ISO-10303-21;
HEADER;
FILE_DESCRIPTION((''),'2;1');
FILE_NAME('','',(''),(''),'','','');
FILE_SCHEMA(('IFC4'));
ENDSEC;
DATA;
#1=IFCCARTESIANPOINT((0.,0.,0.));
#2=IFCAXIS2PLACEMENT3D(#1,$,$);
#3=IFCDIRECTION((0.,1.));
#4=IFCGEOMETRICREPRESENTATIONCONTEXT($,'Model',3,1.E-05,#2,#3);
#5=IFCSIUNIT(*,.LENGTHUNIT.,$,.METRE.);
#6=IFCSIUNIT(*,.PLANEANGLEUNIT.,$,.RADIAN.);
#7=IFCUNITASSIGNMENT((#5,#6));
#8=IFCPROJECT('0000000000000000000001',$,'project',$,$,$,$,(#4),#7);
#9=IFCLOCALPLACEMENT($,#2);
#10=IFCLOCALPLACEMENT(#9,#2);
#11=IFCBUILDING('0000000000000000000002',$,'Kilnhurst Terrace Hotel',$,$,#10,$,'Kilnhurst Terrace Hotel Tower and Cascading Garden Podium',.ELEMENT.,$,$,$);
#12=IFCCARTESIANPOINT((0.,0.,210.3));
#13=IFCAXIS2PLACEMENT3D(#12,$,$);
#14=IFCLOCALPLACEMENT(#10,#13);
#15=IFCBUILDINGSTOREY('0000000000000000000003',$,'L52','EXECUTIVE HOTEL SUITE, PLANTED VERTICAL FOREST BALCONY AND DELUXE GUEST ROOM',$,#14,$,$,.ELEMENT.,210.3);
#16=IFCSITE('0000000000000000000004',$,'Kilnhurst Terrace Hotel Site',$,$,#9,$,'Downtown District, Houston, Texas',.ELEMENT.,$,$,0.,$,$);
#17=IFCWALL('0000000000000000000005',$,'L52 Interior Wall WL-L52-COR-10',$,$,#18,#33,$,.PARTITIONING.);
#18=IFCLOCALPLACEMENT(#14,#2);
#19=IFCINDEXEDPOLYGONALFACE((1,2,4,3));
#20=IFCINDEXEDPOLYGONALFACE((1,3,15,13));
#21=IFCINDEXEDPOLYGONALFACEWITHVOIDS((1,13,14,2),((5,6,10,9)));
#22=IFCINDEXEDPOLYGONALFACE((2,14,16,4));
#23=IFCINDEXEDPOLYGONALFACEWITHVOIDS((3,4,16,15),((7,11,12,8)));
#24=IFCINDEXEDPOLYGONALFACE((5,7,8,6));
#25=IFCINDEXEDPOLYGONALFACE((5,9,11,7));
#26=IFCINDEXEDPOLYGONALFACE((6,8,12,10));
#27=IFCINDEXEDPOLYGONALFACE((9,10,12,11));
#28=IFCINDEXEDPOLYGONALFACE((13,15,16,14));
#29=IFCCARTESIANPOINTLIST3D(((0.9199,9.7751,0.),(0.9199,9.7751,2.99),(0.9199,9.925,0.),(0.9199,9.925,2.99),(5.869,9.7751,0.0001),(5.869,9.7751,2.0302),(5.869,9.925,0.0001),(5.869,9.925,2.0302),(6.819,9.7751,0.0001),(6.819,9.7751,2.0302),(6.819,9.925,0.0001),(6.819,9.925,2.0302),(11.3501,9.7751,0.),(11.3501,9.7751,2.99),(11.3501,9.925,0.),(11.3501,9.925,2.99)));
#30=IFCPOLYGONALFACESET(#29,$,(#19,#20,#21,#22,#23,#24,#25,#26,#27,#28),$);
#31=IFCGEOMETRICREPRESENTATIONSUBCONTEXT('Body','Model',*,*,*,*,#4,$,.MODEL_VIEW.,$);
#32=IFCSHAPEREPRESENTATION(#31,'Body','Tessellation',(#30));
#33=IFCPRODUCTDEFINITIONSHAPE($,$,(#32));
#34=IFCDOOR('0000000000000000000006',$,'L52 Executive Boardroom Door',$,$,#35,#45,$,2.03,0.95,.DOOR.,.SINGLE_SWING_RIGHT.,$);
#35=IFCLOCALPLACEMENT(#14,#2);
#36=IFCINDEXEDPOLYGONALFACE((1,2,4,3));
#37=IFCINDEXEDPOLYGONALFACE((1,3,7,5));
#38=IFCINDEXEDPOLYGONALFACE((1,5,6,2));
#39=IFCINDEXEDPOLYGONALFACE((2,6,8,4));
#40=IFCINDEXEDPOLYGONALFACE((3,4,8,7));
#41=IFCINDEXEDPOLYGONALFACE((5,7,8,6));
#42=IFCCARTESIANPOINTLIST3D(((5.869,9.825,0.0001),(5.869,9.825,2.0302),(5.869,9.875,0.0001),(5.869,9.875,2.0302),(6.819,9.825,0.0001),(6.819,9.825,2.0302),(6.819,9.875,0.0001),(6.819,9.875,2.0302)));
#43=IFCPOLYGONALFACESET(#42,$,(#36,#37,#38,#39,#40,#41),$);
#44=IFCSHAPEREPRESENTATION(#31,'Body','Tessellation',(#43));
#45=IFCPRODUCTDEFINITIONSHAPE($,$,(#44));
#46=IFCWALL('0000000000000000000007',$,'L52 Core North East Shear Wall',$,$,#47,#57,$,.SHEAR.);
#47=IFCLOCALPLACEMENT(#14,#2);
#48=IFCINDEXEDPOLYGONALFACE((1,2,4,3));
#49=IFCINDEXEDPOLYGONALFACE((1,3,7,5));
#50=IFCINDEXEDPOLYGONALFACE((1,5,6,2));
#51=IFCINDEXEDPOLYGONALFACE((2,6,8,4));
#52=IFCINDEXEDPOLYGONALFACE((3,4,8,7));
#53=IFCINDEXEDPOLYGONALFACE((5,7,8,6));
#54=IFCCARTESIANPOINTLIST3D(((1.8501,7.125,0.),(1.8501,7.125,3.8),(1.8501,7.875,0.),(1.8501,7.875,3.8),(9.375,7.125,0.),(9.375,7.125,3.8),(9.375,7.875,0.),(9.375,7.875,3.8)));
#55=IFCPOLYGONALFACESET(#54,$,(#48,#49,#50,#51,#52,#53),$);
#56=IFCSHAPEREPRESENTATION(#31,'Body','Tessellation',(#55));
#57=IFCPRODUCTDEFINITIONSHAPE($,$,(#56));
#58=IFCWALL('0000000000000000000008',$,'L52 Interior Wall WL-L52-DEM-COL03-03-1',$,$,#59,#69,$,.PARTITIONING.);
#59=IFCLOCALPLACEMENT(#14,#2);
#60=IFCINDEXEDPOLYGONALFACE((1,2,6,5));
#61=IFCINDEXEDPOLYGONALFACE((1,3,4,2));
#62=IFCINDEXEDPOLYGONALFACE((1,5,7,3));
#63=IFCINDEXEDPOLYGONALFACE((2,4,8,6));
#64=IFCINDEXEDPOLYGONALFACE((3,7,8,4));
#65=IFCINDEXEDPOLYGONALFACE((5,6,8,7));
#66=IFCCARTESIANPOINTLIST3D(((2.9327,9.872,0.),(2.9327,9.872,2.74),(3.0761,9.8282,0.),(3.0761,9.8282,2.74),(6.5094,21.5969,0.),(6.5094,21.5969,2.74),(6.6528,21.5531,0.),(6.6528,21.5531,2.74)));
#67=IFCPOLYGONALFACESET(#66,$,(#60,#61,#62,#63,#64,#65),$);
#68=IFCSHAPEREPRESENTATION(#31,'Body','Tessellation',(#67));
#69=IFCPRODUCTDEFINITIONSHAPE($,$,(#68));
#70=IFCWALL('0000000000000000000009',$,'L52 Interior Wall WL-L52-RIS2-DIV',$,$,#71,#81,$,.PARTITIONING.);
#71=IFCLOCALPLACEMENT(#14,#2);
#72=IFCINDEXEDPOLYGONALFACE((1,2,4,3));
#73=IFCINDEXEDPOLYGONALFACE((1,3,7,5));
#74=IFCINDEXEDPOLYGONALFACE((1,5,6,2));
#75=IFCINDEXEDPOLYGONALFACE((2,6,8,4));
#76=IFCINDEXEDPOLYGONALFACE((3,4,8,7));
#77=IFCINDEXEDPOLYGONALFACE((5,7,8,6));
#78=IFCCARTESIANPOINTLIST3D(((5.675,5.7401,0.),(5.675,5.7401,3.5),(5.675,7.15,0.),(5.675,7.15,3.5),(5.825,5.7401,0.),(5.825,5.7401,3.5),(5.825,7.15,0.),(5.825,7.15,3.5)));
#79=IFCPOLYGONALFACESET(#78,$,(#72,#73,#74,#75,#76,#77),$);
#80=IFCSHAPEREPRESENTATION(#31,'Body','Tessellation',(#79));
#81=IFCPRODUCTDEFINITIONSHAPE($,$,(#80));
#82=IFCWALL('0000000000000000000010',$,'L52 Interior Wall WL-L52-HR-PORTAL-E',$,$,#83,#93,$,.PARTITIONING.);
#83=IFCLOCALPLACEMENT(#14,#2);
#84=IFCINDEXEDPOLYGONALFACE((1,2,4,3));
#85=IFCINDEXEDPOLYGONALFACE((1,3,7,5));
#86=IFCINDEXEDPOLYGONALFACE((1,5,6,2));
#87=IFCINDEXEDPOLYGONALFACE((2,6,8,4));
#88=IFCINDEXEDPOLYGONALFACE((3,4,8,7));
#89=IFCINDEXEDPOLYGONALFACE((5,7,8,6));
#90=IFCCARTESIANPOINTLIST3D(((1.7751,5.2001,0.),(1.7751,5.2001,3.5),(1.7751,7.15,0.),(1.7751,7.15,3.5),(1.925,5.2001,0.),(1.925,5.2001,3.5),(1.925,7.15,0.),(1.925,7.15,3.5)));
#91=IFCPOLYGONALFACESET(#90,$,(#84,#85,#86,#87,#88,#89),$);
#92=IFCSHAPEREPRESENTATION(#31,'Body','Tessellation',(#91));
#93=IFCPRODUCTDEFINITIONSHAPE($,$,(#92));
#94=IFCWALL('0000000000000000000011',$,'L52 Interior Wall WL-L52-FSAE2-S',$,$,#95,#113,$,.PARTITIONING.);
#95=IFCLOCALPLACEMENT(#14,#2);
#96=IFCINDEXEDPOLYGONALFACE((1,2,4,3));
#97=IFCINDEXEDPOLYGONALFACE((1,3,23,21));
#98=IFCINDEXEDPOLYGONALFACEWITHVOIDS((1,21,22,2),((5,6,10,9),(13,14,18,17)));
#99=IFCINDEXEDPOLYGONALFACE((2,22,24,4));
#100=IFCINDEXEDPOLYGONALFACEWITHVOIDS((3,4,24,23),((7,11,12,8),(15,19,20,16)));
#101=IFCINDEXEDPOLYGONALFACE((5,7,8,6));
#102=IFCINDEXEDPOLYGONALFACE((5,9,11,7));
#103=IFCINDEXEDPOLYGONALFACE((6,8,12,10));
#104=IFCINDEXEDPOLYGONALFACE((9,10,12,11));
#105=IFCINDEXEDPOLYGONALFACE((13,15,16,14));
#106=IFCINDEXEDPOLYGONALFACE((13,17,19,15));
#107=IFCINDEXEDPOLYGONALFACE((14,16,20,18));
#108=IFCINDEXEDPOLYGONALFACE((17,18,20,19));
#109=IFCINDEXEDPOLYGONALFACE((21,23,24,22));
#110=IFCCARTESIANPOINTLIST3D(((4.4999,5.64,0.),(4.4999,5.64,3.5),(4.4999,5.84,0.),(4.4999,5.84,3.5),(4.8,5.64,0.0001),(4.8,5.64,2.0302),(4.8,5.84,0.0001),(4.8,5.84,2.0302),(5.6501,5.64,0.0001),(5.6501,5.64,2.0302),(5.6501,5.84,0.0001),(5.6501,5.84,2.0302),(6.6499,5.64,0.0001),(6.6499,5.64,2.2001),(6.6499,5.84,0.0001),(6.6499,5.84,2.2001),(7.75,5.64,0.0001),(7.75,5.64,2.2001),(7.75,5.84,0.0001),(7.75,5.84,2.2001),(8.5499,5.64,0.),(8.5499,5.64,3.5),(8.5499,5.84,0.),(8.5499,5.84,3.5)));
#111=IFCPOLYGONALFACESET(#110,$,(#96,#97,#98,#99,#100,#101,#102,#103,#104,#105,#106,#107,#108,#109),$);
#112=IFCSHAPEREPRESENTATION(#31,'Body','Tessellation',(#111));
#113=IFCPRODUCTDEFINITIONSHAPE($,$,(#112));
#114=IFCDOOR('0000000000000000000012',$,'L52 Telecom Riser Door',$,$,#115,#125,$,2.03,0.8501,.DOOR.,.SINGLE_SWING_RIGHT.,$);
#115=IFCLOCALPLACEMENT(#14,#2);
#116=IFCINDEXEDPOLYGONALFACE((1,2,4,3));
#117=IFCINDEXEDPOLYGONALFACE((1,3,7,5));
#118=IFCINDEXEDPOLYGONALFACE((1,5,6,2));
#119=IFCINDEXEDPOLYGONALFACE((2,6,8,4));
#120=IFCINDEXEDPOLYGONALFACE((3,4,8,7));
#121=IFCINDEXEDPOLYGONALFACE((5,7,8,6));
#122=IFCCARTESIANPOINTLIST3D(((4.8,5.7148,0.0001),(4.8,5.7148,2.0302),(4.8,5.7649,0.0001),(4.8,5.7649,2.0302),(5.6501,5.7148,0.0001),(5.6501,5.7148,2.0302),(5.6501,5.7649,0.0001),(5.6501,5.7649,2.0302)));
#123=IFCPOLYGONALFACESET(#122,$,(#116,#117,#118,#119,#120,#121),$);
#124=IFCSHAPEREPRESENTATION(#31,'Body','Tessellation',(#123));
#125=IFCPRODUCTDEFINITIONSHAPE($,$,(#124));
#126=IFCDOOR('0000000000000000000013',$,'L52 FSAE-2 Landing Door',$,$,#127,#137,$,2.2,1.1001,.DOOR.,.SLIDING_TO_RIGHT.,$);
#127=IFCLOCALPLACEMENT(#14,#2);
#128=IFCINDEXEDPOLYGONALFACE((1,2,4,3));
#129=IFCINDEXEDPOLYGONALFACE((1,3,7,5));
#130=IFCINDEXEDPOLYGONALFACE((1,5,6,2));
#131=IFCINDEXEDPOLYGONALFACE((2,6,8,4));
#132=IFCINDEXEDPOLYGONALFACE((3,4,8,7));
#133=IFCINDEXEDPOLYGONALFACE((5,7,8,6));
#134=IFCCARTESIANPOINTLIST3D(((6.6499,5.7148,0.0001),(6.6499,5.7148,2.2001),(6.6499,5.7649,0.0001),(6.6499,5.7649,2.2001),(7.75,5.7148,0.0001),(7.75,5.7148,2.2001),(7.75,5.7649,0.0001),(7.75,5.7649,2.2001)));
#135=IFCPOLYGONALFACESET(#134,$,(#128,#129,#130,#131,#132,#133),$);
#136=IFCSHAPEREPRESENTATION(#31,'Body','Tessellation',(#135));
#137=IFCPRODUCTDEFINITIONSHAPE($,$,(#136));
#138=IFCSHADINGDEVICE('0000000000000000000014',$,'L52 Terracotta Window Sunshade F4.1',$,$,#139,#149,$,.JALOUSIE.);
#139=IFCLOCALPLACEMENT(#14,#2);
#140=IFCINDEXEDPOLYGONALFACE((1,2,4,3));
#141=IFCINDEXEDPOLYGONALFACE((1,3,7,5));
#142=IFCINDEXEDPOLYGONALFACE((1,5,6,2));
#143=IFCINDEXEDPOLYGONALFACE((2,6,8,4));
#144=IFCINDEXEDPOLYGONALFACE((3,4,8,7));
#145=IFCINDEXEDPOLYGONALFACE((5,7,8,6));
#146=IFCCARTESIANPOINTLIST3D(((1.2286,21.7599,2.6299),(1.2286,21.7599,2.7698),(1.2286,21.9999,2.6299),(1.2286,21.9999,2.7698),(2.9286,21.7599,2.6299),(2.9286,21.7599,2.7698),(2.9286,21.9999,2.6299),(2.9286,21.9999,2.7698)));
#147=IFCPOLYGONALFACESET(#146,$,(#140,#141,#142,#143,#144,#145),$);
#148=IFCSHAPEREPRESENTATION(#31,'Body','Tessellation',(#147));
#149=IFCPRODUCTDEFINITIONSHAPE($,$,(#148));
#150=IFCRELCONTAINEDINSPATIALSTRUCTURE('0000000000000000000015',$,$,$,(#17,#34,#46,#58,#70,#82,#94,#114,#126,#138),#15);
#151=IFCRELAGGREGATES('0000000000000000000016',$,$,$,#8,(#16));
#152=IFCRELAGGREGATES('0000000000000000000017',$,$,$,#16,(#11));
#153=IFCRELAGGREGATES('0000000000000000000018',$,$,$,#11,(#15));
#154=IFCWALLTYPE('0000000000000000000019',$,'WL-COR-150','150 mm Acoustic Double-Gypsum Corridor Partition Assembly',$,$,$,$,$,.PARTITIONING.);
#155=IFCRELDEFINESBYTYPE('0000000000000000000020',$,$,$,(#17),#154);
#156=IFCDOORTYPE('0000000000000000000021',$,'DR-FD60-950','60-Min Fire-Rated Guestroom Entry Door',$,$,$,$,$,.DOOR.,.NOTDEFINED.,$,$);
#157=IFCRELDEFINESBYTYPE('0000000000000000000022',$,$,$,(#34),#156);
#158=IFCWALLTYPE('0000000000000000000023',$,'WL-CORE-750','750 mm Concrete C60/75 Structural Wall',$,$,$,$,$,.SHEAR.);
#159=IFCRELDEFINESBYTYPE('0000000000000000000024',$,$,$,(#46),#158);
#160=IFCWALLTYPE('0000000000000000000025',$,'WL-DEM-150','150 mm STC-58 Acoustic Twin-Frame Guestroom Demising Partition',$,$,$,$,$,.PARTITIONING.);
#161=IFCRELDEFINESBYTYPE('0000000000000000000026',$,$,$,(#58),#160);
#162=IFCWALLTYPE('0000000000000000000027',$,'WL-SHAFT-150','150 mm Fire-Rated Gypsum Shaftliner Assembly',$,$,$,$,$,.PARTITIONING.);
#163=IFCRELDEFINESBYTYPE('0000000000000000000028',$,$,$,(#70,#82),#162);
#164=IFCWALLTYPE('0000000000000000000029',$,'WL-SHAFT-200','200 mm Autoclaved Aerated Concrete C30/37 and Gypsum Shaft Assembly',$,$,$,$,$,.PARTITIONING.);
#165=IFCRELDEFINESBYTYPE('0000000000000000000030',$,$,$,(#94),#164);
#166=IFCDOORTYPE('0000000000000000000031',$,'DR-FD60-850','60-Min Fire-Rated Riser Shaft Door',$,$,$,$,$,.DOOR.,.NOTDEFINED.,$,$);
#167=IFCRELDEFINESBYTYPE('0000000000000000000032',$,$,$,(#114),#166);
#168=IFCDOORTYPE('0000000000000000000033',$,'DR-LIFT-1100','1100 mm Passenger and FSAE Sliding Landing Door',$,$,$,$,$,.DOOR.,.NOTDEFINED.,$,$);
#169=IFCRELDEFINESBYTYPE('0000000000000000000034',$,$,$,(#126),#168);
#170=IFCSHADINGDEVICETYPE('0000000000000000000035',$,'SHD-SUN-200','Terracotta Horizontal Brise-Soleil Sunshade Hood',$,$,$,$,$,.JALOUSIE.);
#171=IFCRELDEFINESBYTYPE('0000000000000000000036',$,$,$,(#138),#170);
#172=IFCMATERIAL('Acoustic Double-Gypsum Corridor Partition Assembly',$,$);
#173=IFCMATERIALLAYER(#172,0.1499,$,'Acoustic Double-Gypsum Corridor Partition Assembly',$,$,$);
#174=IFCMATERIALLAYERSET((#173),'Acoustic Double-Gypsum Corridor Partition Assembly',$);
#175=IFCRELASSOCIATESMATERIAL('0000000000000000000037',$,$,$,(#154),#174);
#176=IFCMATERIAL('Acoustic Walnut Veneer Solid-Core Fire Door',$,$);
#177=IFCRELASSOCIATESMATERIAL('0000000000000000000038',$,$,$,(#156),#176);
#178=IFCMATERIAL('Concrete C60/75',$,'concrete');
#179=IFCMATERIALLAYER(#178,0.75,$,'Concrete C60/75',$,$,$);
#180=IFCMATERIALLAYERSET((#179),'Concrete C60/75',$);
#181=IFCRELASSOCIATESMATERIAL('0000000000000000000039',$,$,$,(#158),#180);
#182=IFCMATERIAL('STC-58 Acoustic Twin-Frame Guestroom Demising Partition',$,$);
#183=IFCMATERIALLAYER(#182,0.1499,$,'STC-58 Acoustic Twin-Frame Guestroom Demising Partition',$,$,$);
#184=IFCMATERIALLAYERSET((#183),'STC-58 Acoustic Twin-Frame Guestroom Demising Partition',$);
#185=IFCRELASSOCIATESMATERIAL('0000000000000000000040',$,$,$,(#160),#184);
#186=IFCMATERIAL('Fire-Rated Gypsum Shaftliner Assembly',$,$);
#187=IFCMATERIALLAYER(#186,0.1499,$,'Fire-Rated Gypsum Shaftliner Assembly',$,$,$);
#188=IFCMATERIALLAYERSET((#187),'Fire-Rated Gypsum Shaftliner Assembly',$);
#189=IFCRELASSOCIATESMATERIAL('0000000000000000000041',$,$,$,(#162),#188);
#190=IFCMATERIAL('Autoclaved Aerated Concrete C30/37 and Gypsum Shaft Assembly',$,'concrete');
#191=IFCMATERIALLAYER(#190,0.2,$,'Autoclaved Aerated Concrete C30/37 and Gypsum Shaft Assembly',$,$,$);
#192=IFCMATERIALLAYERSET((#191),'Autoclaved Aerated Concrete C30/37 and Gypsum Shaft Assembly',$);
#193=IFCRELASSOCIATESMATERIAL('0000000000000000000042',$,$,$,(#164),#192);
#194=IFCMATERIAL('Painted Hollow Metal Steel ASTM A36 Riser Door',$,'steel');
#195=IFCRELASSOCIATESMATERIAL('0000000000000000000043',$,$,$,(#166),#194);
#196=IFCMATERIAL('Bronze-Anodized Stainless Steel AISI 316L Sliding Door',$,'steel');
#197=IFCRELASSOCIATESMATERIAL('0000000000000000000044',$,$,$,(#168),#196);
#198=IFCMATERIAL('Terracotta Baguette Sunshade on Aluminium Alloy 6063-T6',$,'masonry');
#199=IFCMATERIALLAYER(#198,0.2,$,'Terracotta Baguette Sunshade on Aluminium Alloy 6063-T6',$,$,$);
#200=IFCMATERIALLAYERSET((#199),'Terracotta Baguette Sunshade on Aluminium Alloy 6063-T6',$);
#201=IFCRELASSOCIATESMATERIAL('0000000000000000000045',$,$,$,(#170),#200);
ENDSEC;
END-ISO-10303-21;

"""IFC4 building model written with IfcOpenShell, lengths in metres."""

from ifc_helpers import new_model, si_unit, direction, frame, frame_2d, origin, origin_2d, place, context, subcontext, project, spatial, rectangle, extrude, material, layer, layer_set, type_object, element, fill, save


model = new_model("IFC4")

# Units and contexts
model_context = context("Model", 3, precision=1e-05, world=origin(), true_north=direction((0.0, 1.0)))
body_context = subcontext(model_context, "Body", "Model", "MODEL_VIEW")
ifc_project = project(units=[si_unit("LENGTHUNIT", "METRE"), si_unit("PLANEANGLEUNIT", "RADIAN")], contexts=[model_context])

# Site, building, storey
site_placement = place(None, origin())
site = spatial("IfcSite", under=ifc_project, at=site_placement, Name="Kilnhurst Terrace Hotel Site", LongName="Downtown District, Houston, Texas", CompositionType="ELEMENT", RefElevation=0.0)
building_placement = place(site_placement, origin())
building = spatial("IfcBuilding", under=site, at=building_placement, Name="Kilnhurst Terrace Hotel", LongName="Kilnhurst Terrace Hotel Tower and Cascading Garden Podium", CompositionType="ELEMENT")
storey_placement = place(building_placement, frame((0.0, 0.0, 210.3)))
storey = spatial("IfcBuildingStorey", under=building, at=storey_placement, Name="L52", Description="EXECUTIVE HOTEL SUITE, PLANTED VERTICAL FOREST BALCONY AND DELUXE GUEST ROOM", CompositionType="ELEMENT", Elevation=210.3)

# Shared definitions
ifc_material_1 = material(Name="Concrete C60/75", Category="concrete")

# Shared definitions
ifc_material_2 = material(Name="Acoustic Double-Gypsum Corridor Partition Assembly")
ifc_layer_1 = layer(ifc_material_2, 0.1499, Name="Acoustic Double-Gypsum Corridor Partition Assembly")
ifc_layer_set_1 = layer_set([ifc_layer_1], Name="Acoustic Double-Gypsum Corridor Partition Assembly")
wall_type_1 = type_object("IfcWallType", Name="WL-COR-150", Description="150 mm Acoustic Double-Gypsum Corridor Partition Assembly", PredefinedType="PARTITIONING", material=ifc_layer_set_1)

# Wall, opening, door
wall_1_placement = place(storey_placement, frame((0.9199, 9.8501, 0.0), z_axis=(0.0, 0.0, 1.0), x_axis=(1.0, 0.0, 0.0)))
wall_1 = element("IfcWall", 1, at=wall_1_placement, inside=storey, type_object=wall_type_1, Name="L52 Interior Wall WL-L52-COR-10", PredefinedType="PARTITIONING", context=body_context, shape_type="SweptSolid", body=[
    extrude(rectangle(XDim=10.4302, YDim=0.1499, at=frame_2d((5.2151, 0.0))), origin(), (0.0, 0.0, 1.0), 2.99),
])
opening_1_placement = place(wall_1_placement, frame((4.949, 0.0, 0.0)))
opening_1 = element("IfcOpeningElement", 2, at=opening_1_placement, cuts=wall_1, PredefinedType="OPENING", context=body_context, shape_type="SweptSolid", body=[
    extrude(rectangle(XDim=0.95, YDim=2.03, at=frame_2d((0.4751, 1.0151))), frame((0.0, 0.085, 0.0), z_axis=(0.0, -1.0, 0.0), x_axis=(1.0, 0.0, 0.0)), (0.0, 0.0, 1.0), 0.1699),
])
ifc_material_3 = material(Name="Acoustic Walnut Veneer Solid-Core Fire Door")
door_type_1 = type_object("IfcDoorType", Name="DR-FD60-950", Description="60-Min Fire-Rated Guestroom Entry Door", OperationType="NOTDEFINED", PredefinedType="DOOR", material=ifc_material_3)
door_1_placement = place(opening_1_placement, origin())
door_1 = element("IfcDoor", 3, at=door_1_placement, inside=storey, type_object=door_type_1, Name="L52 Executive Boardroom Door", OperationType="SINGLE_SWING_RIGHT", OverallHeight=2.03, OverallWidth=0.95, PredefinedType="DOOR", context=body_context, shape_type="SweptSolid", body=[
    extrude(rectangle(XDim=0.95, YDim=2.03, at=frame_2d((0.4751, 1.0151))), frame((0.0, 0.0249, 0.0), z_axis=(0.0, -1.0, 0.0), x_axis=(1.0, 0.0, 0.0)), (0.0, 0.0, 1.0), 0.05),
])
fill(opening_1, door_1)

# Walls
ifc_layer_2 = layer(ifc_material_1, 0.75, Name="Concrete C60/75")
ifc_layer_set_2 = layer_set([ifc_layer_2], Name="Concrete C60/75")
wall_type_2 = type_object("IfcWallType", Name="WL-CORE-750", Description="750 mm Concrete C60/75 Structural Wall", PredefinedType="SHEAR", material=ifc_layer_set_2)
wall_2_placement = place(storey_placement, frame((1.8501, 7.5, 0.0), z_axis=(0.0, 0.0, 1.0), x_axis=(1.0, 0.0, 0.0)))
element("IfcWall", 4, at=wall_2_placement, inside=storey, type_object=wall_type_2, Name="L52 Core North East Shear Wall", PredefinedType="SHEAR", context=body_context, shape_type="SweptSolid", body=[
    extrude(rectangle(XDim=7.5249, YDim=0.75, at=frame_2d((3.7625, 0.0))), origin(), (0.0, 0.0, 1.0), 3.8),
])
ifc_material_4 = material(Name="STC-58 Acoustic Twin-Frame Guestroom Demising Partition")
ifc_layer_3 = layer(ifc_material_4, 0.1499, Name="STC-58 Acoustic Twin-Frame Guestroom Demising Partition")
ifc_layer_set_3 = layer_set([ifc_layer_3], Name="STC-58 Acoustic Twin-Frame Guestroom Demising Partition")
wall_type_3 = type_object("IfcWallType", Name="WL-DEM-150", Description="150 mm STC-58 Acoustic Twin-Frame Guestroom Demising Partition", PredefinedType="PARTITIONING", material=ifc_layer_set_3)
wall_3_placement = place(storey_placement, frame((3.0044, 9.8501, 0.0), z_axis=(0.0, 0.0, 1.0), x_axis=(0.291776, 0.956487, 0.0)))
element("IfcWall", 5, at=wall_3_placement, inside=storey, type_object=wall_type_3, Name="L52 Interior Wall WL-L52-DEM-COL03-03-1", PredefinedType="PARTITIONING", context=body_context, shape_type="SweptSolid", body=[
    extrude(rectangle(XDim=12.2583, YDim=0.1499, at=frame_2d((6.1292, 0.0))), origin(), (0.0, 0.0, 1.0), 2.74),
])
ifc_material_5 = material(Name="Fire-Rated Gypsum Shaftliner Assembly")
ifc_layer_4 = layer(ifc_material_5, 0.1499, Name="Fire-Rated Gypsum Shaftliner Assembly")
ifc_layer_set_4 = layer_set([ifc_layer_4], Name="Fire-Rated Gypsum Shaftliner Assembly")
wall_type_4 = type_object("IfcWallType", Name="WL-SHAFT-150", Description="150 mm Fire-Rated Gypsum Shaftliner Assembly", PredefinedType="PARTITIONING", material=ifc_layer_set_4)
wall_4_placement = place(storey_placement, frame((5.75, 5.74, 0.0), z_axis=(0.0, 0.0, 1.0), x_axis=(0.0, 1.0, 0.0)))
element("IfcWall", 6, at=wall_4_placement, inside=storey, type_object=wall_type_4, Name="L52 Interior Wall WL-L52-RIS2-DIV", PredefinedType="PARTITIONING", context=body_context, shape_type="SweptSolid", body=[
    extrude(rectangle(XDim=1.4099, YDim=0.1499, at=frame_2d((0.7051, 0.0))), origin(), (0.0, 0.0, 1.0), 3.5),
])
wall_5_placement = place(storey_placement, frame((1.8501, 5.2, 0.0), z_axis=(0.0, 0.0, 1.0), x_axis=(0.0, 1.0, 0.0)))
element("IfcWall", 7, at=wall_5_placement, inside=storey, type_object=wall_type_4, Name="L52 Interior Wall WL-L52-HR-PORTAL-E", PredefinedType="PARTITIONING", context=body_context, shape_type="SweptSolid", body=[
    extrude(rectangle(XDim=1.95, YDim=0.1499, at=frame_2d((0.9751, 0.0))), origin(), (0.0, 0.0, 1.0), 3.5),
])

# Wall, openings, doors
ifc_material_6 = material(Name="Autoclaved Aerated Concrete C30/37 and Gypsum Shaft Assembly", Category="concrete")
ifc_layer_5 = layer(ifc_material_6, 0.2, Name="Autoclaved Aerated Concrete C30/37 and Gypsum Shaft Assembly")
ifc_layer_set_5 = layer_set([ifc_layer_5], Name="Autoclaved Aerated Concrete C30/37 and Gypsum Shaft Assembly")
wall_type_5 = type_object("IfcWallType", Name="WL-SHAFT-200", Description="200 mm Autoclaved Aerated Concrete C30/37 and Gypsum Shaft Assembly", PredefinedType="PARTITIONING", material=ifc_layer_set_5)
wall_6_placement = place(storey_placement, frame((4.5, 5.74, 0.0), z_axis=(0.0, 0.0, 1.0), x_axis=(1.0, 0.0, 0.0)))
wall_6 = element("IfcWall", 8, at=wall_6_placement, inside=storey, type_object=wall_type_5, Name="L52 Interior Wall WL-L52-FSAE2-S", PredefinedType="PARTITIONING", context=body_context, shape_type="SweptSolid", body=[
    extrude(rectangle(XDim=4.05, YDim=0.2, at=frame_2d((2.0249, 0.0))), origin(), (0.0, 0.0, 1.0), 3.5),
])
opening_2_placement = place(wall_6_placement, frame((0.3, 0.0, 0.0)))
opening_2 = element("IfcOpeningElement", 9, at=opening_2_placement, cuts=wall_6, PredefinedType="OPENING", context=body_context, shape_type="SweptSolid", body=[
    extrude(rectangle(XDim=0.8501, YDim=2.03, at=frame_2d((0.425, 1.0151))), frame((0.0, 0.1099, 0.0), z_axis=(0.0, -1.0, 0.0), x_axis=(1.0, 0.0, 0.0)), (0.0, 0.0, 1.0), 0.22),
])
opening_3_placement = place(wall_6_placement, frame((2.1499, 0.0, 0.0)))
opening_3 = element("IfcOpeningElement", 10, at=opening_3_placement, cuts=wall_6, PredefinedType="OPENING", context=body_context, shape_type="SweptSolid", body=[
    extrude(rectangle(XDim=1.1001, YDim=2.2, at=frame_2d((0.55, 1.1001))), frame((0.0, 0.1099, 0.0), z_axis=(0.0, -1.0, 0.0), x_axis=(1.0, 0.0, 0.0)), (0.0, 0.0, 1.0), 0.22),
])
ifc_material_7 = material(Name="Painted Hollow Metal Steel ASTM A36 Riser Door", Category="steel")
door_type_2 = type_object("IfcDoorType", Name="DR-FD60-850", Description="60-Min Fire-Rated Riser Shaft Door", OperationType="NOTDEFINED", PredefinedType="DOOR", material=ifc_material_7)
door_2_placement = place(opening_2_placement, origin())
door_2 = element("IfcDoor", 11, at=door_2_placement, inside=storey, type_object=door_type_2, Name="L52 Telecom Riser Door", OperationType="SINGLE_SWING_RIGHT", OverallHeight=2.03, OverallWidth=0.8501, PredefinedType="DOOR", context=body_context, shape_type="SweptSolid", body=[
    extrude(rectangle(XDim=0.8501, YDim=2.03, at=frame_2d((0.425, 1.0151))), frame((0.0, 0.0249, 0.0), z_axis=(0.0, -1.0, 0.0), x_axis=(1.0, 0.0, 0.0)), (0.0, 0.0, 1.0), 0.05),
])
fill(opening_2, door_2)
ifc_material_8 = material(Name="Bronze-Anodized Stainless Steel AISI 316L Sliding Door", Category="steel")
door_type_3 = type_object("IfcDoorType", Name="DR-LIFT-1100", Description="1100 mm Passenger and FSAE Sliding Landing Door", OperationType="NOTDEFINED", PredefinedType="DOOR", material=ifc_material_8)
door_3_placement = place(opening_3_placement, origin())
door_3 = element("IfcDoor", 12, at=door_3_placement, inside=storey, type_object=door_type_3, Name="L52 FSAE-2 Landing Door", OperationType="SLIDING_TO_RIGHT", OverallHeight=2.2, OverallWidth=1.1001, PredefinedType="DOOR", context=body_context, shape_type="SweptSolid", body=[
    extrude(rectangle(XDim=1.1001, YDim=2.2, at=frame_2d((0.55, 1.1001))), frame((0.0, 0.0249, 0.0), z_axis=(0.0, -1.0, 0.0), x_axis=(1.0, 0.0, 0.0)), (0.0, 0.0, 1.0), 0.05),
])
fill(opening_3, door_3)

# Shading device
ifc_material_9 = material(Name="Terracotta Baguette Sunshade on Aluminium Alloy 6063-T6", Category="masonry")
ifc_layer_6 = layer(ifc_material_9, 0.2, Name="Terracotta Baguette Sunshade on Aluminium Alloy 6063-T6")
ifc_layer_set_6 = layer_set([ifc_layer_6], Name="Terracotta Baguette Sunshade on Aluminium Alloy 6063-T6")
shading_device_type = type_object("IfcShadingDeviceType", Name="SHD-SUN-200", Description="Terracotta Horizontal Brise-Soleil Sunshade Hood", PredefinedType="JALOUSIE", material=ifc_layer_set_6)
shading_device_placement = place(storey_placement, frame((2.0786, 21.8799, 2.6299), z_axis=(0.0, 0.0, 1.0), x_axis=(-1.0, 0.0, 0.0)))
element("IfcShadingDevice", 13, at=shading_device_placement, inside=storey, type_object=shading_device_type, Name="L52 Terracotta Window Sunshade F4.1", PredefinedType="JALOUSIE", context=body_context, shape_type="SweptSolid", body=[
    extrude(rectangle(XDim=1.7, YDim=0.24, at=origin_2d()), origin(), (0.0, 0.0, 1.0), 0.1399),
])

save(model, "model.ifc")
